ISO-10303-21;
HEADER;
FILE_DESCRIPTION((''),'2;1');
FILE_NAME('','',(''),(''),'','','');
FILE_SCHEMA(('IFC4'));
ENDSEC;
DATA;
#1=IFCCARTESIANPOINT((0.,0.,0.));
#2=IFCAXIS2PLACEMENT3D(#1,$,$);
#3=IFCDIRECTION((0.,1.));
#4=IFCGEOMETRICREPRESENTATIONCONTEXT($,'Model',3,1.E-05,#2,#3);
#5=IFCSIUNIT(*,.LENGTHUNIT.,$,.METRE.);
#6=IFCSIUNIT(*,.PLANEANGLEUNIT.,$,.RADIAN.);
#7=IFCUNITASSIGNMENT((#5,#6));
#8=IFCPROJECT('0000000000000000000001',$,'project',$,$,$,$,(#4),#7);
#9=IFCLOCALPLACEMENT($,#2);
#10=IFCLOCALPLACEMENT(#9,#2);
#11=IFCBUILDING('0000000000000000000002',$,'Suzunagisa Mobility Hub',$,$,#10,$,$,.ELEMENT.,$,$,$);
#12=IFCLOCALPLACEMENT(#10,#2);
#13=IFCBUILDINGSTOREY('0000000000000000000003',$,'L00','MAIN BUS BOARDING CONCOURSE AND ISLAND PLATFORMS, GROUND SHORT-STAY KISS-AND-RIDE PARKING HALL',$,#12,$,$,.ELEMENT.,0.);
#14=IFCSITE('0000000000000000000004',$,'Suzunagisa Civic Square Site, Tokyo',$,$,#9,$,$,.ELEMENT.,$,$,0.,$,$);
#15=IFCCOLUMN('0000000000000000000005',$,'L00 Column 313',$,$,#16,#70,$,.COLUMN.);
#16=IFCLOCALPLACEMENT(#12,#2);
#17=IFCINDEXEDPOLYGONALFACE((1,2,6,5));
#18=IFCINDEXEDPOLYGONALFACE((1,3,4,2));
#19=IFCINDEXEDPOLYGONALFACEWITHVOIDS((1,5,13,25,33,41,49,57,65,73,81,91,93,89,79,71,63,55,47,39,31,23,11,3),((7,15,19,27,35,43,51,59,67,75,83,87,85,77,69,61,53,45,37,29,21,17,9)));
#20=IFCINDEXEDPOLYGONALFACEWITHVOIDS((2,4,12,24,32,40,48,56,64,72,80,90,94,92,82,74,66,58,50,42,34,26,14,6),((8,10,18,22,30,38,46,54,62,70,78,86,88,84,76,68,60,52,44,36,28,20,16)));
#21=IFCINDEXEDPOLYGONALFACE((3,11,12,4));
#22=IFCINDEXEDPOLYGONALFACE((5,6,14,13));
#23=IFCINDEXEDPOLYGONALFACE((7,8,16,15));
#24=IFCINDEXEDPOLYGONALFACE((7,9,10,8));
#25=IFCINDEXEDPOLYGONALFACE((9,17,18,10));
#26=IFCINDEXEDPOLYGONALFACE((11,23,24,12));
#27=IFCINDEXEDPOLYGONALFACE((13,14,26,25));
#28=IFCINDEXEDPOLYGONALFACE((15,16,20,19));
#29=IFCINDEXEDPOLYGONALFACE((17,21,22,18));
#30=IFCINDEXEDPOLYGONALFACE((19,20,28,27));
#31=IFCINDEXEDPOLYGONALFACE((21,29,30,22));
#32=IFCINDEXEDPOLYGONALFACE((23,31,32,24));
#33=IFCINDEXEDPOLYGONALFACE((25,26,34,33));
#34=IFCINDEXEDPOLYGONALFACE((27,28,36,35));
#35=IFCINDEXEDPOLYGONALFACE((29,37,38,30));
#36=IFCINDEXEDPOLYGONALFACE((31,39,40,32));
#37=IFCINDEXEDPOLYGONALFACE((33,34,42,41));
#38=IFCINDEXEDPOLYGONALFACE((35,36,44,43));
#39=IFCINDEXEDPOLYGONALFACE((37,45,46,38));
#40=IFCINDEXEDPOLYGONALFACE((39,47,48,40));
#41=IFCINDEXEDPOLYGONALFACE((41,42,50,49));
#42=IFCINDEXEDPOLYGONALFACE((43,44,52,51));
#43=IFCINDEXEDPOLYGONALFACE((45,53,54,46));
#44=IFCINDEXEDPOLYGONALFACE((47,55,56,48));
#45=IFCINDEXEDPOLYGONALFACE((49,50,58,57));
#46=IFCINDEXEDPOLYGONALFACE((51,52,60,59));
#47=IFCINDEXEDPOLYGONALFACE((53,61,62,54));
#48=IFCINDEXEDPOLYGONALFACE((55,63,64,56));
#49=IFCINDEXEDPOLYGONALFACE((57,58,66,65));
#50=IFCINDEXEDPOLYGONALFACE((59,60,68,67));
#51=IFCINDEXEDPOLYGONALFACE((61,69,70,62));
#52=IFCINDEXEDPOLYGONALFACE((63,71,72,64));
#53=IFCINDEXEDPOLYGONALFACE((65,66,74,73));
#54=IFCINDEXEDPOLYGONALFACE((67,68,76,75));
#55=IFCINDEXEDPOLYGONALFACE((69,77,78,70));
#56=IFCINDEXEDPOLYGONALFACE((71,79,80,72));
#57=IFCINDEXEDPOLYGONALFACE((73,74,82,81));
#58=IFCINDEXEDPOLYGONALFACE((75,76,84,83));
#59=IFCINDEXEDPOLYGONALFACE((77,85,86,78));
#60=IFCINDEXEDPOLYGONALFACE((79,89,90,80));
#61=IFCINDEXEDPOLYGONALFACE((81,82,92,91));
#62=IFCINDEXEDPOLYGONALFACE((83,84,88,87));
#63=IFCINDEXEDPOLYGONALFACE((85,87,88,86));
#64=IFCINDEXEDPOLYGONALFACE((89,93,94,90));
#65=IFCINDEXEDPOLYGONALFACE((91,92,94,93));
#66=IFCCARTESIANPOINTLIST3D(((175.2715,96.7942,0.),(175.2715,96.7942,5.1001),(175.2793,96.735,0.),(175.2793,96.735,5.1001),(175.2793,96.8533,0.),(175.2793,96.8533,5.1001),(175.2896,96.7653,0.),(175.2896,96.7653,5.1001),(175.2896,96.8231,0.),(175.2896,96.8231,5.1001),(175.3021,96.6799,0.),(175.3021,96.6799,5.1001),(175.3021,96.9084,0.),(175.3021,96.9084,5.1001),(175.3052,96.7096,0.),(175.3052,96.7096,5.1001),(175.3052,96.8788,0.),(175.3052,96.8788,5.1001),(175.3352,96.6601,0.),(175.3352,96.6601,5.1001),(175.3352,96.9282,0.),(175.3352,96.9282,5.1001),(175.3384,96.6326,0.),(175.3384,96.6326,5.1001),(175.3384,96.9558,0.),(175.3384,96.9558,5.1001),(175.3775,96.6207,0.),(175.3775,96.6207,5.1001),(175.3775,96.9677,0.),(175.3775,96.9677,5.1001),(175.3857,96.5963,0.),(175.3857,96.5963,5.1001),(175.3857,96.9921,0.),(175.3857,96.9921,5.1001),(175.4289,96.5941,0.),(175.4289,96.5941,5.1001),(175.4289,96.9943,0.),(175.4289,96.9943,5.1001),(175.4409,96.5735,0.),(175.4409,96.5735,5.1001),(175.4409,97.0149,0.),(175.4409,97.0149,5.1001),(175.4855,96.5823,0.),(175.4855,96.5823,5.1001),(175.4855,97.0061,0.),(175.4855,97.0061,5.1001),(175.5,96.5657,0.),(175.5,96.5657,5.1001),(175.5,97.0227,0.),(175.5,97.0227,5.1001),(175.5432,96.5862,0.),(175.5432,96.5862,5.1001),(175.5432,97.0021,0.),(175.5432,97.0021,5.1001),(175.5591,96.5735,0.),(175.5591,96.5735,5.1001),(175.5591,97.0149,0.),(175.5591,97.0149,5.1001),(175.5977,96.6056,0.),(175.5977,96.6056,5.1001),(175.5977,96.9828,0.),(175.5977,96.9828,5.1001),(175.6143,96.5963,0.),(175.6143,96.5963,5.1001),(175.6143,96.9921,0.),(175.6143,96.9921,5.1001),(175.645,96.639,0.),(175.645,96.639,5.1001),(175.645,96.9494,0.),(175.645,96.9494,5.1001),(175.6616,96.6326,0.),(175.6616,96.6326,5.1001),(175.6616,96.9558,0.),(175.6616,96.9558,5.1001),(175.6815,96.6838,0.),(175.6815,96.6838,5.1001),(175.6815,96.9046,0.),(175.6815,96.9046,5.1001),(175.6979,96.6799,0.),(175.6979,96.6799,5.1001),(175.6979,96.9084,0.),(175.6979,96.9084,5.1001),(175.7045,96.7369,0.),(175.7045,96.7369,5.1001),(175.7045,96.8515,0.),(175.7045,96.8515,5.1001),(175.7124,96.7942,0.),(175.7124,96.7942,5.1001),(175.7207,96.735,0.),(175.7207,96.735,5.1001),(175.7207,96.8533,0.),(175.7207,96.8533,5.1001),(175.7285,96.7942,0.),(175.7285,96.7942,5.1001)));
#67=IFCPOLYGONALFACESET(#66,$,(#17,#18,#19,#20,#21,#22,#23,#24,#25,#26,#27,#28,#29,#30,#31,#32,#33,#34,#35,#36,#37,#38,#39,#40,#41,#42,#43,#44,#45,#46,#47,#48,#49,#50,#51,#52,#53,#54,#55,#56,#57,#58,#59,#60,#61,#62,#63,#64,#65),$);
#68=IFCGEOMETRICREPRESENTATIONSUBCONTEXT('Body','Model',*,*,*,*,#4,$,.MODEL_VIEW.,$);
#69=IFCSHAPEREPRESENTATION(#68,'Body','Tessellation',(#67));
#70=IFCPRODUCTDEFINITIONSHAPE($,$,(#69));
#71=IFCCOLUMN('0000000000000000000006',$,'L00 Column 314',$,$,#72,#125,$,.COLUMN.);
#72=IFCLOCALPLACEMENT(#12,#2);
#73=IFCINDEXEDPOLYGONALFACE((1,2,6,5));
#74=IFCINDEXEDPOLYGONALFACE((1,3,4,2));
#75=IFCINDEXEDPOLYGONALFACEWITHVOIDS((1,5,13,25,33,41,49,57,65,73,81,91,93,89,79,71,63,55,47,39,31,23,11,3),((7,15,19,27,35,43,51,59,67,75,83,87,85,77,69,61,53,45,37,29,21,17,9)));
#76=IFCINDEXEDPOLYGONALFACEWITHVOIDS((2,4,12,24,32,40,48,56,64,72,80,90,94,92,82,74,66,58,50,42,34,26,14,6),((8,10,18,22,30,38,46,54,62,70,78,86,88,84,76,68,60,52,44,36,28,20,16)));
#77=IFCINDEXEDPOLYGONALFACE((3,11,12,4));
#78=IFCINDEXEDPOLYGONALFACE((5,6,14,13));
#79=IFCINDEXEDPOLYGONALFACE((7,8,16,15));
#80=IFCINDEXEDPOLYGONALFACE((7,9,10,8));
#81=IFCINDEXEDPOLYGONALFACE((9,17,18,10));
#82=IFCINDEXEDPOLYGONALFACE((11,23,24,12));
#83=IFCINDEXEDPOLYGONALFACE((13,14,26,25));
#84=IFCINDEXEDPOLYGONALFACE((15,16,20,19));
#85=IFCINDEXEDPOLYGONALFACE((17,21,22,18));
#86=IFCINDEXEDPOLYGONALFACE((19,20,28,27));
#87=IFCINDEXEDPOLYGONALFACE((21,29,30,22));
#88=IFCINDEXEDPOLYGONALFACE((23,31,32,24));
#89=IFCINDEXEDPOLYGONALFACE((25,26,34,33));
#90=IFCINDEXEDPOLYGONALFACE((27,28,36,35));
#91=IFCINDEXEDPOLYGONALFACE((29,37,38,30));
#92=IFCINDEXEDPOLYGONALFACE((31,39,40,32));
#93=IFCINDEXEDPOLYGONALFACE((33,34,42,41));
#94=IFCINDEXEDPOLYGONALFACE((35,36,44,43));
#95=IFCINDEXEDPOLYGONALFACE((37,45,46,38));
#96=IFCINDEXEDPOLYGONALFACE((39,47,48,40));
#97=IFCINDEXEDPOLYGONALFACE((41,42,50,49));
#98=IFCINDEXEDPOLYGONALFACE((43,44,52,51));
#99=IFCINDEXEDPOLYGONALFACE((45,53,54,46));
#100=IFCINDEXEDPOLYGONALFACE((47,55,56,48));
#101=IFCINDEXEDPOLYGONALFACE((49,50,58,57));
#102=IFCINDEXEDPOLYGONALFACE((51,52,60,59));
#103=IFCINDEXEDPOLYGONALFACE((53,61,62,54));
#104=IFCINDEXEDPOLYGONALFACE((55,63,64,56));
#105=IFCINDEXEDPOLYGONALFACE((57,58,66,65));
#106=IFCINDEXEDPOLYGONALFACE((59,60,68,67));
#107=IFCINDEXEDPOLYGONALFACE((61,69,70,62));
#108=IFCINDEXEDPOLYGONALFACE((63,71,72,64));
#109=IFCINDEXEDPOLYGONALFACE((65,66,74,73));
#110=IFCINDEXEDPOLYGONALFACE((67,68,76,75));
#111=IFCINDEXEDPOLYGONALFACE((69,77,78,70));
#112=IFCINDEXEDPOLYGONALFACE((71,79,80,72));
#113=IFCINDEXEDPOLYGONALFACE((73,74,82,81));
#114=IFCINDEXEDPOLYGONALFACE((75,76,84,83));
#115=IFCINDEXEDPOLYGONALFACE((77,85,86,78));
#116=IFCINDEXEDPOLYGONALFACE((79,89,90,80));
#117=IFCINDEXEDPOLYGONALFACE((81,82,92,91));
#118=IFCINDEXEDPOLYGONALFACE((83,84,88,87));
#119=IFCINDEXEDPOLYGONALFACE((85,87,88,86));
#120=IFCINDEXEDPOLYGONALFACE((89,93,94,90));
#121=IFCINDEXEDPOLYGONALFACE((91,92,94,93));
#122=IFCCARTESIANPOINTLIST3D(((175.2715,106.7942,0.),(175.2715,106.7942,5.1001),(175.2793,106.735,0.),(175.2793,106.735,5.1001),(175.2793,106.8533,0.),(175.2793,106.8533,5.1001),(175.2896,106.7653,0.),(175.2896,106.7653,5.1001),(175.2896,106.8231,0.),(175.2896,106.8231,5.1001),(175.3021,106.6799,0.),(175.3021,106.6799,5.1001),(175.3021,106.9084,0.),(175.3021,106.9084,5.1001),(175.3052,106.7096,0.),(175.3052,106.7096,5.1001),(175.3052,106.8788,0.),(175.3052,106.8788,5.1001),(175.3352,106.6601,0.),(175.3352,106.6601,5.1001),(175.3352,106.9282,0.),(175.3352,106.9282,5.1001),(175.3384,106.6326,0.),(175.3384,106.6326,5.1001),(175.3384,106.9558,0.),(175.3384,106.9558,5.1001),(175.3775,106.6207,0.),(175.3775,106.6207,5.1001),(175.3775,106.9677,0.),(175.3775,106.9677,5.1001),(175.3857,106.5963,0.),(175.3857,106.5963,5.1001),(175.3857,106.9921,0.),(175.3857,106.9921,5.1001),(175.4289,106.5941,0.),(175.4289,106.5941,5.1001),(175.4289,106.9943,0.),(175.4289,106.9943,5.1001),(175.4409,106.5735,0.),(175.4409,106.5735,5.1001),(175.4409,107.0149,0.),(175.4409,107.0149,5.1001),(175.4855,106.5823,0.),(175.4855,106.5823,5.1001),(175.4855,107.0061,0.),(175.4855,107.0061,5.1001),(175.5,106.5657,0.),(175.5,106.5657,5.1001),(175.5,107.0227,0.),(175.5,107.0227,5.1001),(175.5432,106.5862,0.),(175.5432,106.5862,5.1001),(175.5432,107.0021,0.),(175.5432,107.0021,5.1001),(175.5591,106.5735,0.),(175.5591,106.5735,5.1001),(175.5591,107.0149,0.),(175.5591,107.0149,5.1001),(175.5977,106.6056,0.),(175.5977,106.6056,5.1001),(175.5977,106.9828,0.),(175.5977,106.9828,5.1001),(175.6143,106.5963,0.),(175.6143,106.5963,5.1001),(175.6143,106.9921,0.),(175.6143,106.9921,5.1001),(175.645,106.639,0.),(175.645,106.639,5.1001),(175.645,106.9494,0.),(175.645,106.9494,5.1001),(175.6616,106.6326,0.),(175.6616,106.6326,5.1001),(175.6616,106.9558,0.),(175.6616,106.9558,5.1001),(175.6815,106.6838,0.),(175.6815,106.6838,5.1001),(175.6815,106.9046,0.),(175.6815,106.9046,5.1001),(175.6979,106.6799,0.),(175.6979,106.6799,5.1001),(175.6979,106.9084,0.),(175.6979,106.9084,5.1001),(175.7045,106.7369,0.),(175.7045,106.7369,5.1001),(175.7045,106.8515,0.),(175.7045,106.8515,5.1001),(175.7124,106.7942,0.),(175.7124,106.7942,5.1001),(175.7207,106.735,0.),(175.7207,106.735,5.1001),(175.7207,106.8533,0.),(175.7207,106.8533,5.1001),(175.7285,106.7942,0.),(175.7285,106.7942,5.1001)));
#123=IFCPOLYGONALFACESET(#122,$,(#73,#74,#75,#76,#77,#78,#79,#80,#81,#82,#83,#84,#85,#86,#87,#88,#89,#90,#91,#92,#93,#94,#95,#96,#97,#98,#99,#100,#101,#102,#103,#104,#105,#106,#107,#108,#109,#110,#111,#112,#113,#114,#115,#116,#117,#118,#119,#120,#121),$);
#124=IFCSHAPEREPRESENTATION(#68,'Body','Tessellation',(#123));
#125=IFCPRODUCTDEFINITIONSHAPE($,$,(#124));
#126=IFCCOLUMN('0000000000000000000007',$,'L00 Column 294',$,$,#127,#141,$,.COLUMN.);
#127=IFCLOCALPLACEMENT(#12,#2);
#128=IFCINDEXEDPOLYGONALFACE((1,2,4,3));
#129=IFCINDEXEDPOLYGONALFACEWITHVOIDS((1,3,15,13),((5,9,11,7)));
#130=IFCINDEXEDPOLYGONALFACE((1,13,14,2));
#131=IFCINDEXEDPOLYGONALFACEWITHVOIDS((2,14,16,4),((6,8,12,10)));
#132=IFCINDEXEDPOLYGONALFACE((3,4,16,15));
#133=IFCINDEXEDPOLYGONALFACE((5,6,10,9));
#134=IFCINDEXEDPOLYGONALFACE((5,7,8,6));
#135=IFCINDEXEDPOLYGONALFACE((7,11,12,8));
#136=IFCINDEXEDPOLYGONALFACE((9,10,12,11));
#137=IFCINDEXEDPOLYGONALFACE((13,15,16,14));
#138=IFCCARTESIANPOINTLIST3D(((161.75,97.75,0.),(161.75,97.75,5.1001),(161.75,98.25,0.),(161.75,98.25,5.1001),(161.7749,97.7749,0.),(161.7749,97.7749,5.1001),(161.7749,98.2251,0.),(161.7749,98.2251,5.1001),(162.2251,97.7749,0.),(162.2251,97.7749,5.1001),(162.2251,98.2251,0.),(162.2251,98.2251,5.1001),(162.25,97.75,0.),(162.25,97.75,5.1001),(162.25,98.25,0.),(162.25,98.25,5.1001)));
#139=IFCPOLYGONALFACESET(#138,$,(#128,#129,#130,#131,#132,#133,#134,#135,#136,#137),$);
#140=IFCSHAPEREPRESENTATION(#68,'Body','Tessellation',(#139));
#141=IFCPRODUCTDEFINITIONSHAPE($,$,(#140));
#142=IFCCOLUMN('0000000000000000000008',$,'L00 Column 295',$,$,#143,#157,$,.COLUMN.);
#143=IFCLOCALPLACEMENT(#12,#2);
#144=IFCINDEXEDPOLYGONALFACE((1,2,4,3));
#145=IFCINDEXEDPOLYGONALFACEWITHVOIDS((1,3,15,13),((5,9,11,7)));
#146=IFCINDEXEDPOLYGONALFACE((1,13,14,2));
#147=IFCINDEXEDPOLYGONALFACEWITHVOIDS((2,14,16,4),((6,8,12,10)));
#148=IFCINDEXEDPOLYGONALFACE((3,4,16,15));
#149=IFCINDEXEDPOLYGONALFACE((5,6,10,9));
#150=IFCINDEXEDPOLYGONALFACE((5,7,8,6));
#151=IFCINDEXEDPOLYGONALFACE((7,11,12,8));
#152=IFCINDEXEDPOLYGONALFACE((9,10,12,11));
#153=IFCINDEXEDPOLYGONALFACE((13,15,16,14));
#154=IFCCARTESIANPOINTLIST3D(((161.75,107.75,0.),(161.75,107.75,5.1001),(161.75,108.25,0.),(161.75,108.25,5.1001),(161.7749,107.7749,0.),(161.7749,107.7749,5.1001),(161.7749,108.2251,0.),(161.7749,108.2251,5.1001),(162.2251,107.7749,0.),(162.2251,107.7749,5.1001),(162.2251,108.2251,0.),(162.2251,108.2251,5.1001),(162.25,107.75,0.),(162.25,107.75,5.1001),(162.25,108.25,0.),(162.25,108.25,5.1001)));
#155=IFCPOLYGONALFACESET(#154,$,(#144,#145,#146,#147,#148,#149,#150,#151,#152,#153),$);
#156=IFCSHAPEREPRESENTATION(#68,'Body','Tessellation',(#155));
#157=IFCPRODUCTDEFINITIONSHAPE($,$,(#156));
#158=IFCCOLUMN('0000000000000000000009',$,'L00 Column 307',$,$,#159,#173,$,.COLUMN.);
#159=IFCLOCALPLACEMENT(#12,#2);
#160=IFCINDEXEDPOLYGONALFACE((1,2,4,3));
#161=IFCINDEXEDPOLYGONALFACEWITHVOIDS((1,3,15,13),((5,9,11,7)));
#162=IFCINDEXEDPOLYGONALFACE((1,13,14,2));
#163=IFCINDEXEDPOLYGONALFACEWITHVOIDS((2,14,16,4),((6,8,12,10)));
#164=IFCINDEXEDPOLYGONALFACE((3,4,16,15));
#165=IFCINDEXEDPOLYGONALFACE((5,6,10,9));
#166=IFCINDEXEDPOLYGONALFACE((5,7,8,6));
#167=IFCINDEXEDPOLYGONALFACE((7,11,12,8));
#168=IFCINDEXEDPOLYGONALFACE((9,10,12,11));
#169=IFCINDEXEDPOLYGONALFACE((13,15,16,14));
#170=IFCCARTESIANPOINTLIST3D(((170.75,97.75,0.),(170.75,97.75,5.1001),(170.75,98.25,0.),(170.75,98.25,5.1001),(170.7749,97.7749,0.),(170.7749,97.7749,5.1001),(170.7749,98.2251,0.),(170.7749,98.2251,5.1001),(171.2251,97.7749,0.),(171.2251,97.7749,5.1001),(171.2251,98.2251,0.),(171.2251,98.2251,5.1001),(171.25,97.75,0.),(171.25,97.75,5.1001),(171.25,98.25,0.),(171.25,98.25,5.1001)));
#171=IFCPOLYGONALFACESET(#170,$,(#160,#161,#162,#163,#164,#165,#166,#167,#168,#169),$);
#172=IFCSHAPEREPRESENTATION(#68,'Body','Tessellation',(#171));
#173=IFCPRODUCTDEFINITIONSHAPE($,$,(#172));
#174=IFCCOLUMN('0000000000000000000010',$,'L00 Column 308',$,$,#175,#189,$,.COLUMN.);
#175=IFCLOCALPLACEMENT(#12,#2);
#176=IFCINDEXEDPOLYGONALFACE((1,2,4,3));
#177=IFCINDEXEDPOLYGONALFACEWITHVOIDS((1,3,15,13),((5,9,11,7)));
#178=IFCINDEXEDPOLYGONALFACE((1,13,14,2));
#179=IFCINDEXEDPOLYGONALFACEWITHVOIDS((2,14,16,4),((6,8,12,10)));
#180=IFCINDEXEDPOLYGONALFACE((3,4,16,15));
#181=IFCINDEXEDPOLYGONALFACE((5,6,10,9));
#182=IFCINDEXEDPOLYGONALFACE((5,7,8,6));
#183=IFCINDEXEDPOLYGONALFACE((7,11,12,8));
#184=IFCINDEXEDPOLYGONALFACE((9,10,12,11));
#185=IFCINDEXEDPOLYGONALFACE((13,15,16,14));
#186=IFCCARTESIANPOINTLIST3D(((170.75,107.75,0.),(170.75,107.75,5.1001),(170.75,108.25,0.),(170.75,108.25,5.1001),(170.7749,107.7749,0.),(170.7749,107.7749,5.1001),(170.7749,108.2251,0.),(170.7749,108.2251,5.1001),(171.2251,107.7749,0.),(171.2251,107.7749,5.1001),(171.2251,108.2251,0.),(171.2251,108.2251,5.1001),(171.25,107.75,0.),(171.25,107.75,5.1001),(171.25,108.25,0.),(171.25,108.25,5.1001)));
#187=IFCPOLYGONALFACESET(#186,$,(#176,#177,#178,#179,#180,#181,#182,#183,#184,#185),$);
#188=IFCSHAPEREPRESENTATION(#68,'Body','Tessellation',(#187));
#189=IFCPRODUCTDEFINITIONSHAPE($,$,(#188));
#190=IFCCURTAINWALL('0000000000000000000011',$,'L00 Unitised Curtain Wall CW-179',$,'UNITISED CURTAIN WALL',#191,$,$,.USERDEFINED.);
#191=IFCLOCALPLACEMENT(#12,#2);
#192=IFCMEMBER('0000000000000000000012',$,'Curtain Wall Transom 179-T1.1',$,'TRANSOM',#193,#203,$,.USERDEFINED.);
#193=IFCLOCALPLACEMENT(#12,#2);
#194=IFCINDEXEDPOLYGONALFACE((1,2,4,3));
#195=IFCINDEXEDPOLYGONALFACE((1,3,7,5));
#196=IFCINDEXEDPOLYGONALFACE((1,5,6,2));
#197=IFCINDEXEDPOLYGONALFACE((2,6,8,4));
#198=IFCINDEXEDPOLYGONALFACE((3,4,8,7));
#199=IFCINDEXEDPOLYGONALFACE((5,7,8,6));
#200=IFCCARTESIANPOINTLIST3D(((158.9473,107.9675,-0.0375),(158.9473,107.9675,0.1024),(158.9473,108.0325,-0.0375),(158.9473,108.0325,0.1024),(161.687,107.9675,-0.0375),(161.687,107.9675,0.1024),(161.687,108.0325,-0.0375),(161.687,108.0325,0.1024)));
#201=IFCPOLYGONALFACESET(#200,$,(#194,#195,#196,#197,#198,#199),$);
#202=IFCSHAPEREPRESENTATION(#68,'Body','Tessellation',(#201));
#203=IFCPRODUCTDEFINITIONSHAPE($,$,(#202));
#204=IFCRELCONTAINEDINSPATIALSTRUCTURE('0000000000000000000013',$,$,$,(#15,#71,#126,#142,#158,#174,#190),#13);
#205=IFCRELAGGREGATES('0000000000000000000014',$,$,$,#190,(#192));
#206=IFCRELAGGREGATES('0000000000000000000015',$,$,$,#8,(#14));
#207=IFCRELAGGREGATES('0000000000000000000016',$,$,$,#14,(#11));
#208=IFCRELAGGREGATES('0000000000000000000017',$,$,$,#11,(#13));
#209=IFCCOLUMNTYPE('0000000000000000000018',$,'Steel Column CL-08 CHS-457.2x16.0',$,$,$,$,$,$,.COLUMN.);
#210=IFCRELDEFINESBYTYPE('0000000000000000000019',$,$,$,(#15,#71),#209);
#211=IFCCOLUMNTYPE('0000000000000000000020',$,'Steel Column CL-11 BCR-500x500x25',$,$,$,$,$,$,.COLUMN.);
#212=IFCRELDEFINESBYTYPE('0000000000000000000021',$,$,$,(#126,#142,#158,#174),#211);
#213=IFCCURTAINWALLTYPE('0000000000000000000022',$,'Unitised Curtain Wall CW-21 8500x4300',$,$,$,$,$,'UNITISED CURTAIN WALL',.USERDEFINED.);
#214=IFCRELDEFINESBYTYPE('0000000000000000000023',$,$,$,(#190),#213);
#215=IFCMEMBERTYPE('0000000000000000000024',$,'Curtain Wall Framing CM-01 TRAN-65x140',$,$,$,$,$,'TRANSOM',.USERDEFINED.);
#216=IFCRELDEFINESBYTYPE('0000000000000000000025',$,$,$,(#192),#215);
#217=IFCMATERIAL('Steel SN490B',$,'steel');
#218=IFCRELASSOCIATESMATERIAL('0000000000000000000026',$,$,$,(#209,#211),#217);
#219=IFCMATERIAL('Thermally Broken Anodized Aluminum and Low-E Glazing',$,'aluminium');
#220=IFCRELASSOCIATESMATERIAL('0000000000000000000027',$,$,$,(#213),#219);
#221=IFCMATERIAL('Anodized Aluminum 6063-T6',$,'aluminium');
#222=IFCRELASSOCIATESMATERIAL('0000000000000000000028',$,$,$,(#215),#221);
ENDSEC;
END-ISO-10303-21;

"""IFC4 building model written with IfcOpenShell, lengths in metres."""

from ifc_helpers import new_model, si_unit, direction, frame, origin, origin_2d, place, context, subcontext, project, spatial, rectangle, hollow_rectangle, hollow_circle, extrude, material, material_profile, profile_set, type_object, element, aggregate, save


model = new_model("IFC4")

# Units and contexts
model_context = context("Model", 3, precision=1e-05, world=origin(), true_north=direction((0.0, 1.0)))
body_context = subcontext(model_context, "Body", "Model", "MODEL_VIEW")
ifc_project = project(units=[si_unit("LENGTHUNIT", "METRE"), si_unit("PLANEANGLEUNIT", "RADIAN")], contexts=[model_context])

# Site, building, storey
site_placement = place(None, origin())
site = spatial("IfcSite", under=ifc_project, at=site_placement, Name="Suzunagisa Civic Square Site, Tokyo", CompositionType="ELEMENT", RefElevation=0.0)
building_placement = place(site_placement, origin())
building = spatial("IfcBuilding", under=site, at=building_placement, Name="Suzunagisa Mobility Hub", CompositionType="ELEMENT")
storey_placement = place(building_placement, origin())
storey = spatial("IfcBuildingStorey", under=building, at=storey_placement, Name="L00", Description="MAIN BUS BOARDING CONCOURSE AND ISLAND PLATFORMS, GROUND SHORT-STAY KISS-AND-RIDE PARKING HALL", CompositionType="ELEMENT", Elevation=0.0)

# Columns
ifc_material_1 = material(Name="Steel SN490B", Category="steel")
ifc_material_profile_1 = material_profile(ifc_material_1, hollow_circle(Radius=0.2285, WallThickness=0.0161, at=origin_2d()), Name="CHS-457.2x16.0")
ifc_profile_set_1 = profile_set([ifc_material_profile_1], Name="Steel SN490B")
column_type_1 = type_object("IfcColumnType", Name="Steel Column CL-08 CHS-457.2x16.0", PredefinedType="COLUMN", material=ifc_profile_set_1)
for number, where, z_axis, x_axis, name in (
    (1, (175.5, 96.7942, 0.0), (0.0, 0.0, 1.0), (1.0, 0.0, 0.0), "L00 Column 313"),
    (2, (175.5, 106.7942, 0.0), (0.0, 0.0, 1.0), (1.0, 0.0, 0.0), "L00 Column 314"),
):
    element("IfcColumn", number, at=place(storey_placement, frame(where, z_axis=z_axis, x_axis=x_axis)), inside=storey, type_object=column_type_1, Name=name, PredefinedType="COLUMN", context=body_context, shape_type="SweptSolid", body=[
        extrude(hollow_circle(Radius=0.2285, WallThickness=0.0161, at=origin_2d()), origin(), (0.0, 0.0, 1.0), 5.1001),
    ])
ifc_material_profile_2 = material_profile(ifc_material_1, hollow_rectangle(XDim=0.5, YDim=0.5, WallThickness=0.0249, at=origin_2d()), Name="BCR-500x500x25")
ifc_profile_set_2 = profile_set([ifc_material_profile_2], Name="Steel SN490B")
column_type_2 = type_object("IfcColumnType", Name="Steel Column CL-11 BCR-500x500x25", PredefinedType="COLUMN", material=ifc_profile_set_2)
for number, where, z_axis, x_axis, name in (
    (3, (162.0, 98.0, 0.0), (0.0, 0.0, 1.0), (1.0, 0.0, 0.0), "L00 Column 294"),
    (4, (162.0, 108.0, 0.0), (0.0, 0.0, 1.0), (1.0, 0.0, 0.0), "L00 Column 295"),
    (5, (171.0, 98.0, 0.0), (0.0, 0.0, 1.0), (1.0, 0.0, 0.0), "L00 Column 307"),
    (6, (171.0, 108.0, 0.0), (0.0, 0.0, 1.0), (1.0, 0.0, 0.0), "L00 Column 308"),
):
    element("IfcColumn", number, at=place(storey_placement, frame(where, z_axis=z_axis, x_axis=x_axis)), inside=storey, type_object=column_type_2, Name=name, PredefinedType="COLUMN", context=body_context, shape_type="SweptSolid", body=[
        extrude(hollow_rectangle(XDim=0.5, YDim=0.5, WallThickness=0.0249, at=origin_2d()), origin(), (0.0, 0.0, 1.0), 5.1001),
    ])

# Curtain wall, member
ifc_material_2 = material(Name="Thermally Broken Anodized Aluminum and Low-E Glazing", Category="aluminium")
curtain_wall_type_1 = type_object("IfcCurtainWallType", Name="Unitised Curtain Wall CW-21 8500x4300", ElementType="UNITISED CURTAIN WALL", PredefinedType="USERDEFINED", material=ifc_material_2)
curtain_wall_1_placement = place(storey_placement, origin())
curtain_wall_1 = element("IfcCurtainWall", 7, at=curtain_wall_1_placement, inside=storey, type_object=curtain_wall_type_1, Name="L00 Unitised Curtain Wall CW-179", ObjectType="UNITISED CURTAIN WALL", PredefinedType="USERDEFINED")
ifc_material_3 = material(Name="Anodized Aluminum 6063-T6", Category="aluminium")
ifc_material_profile_3 = material_profile(ifc_material_3, rectangle(XDim=0.0649, YDim=0.1399, at=origin_2d()), Name="TRAN-65x140")
ifc_profile_set_3 = profile_set([ifc_material_profile_3], Name="Anodized Aluminum 6063-T6")
member_type_1 = type_object("IfcMemberType", Name="Curtain Wall Framing CM-01 TRAN-65x140", ElementType="TRANSOM", PredefinedType="USERDEFINED", material=ifc_profile_set_3)
member_1_placement = place(storey_placement, frame((161.687, 108.0, 0.0325), z_axis=(-1.0, 0.0, 0.0), x_axis=(0.0, -1.0, 0.0)))
member_1 = element("IfcMember", 8, at=member_1_placement, type_object=member_type_1, Name="Curtain Wall Transom 179-T1.1", ObjectType="TRANSOM", PredefinedType="USERDEFINED", context=body_context, shape_type="SweptSolid", body=[
    extrude(rectangle(XDim=0.0649, YDim=0.1399, at=origin_2d()), origin(), (0.0, 0.0, 1.0), 2.7397),
])

aggregate(curtain_wall_1, [member_1])

save(model, "model.ifc")
